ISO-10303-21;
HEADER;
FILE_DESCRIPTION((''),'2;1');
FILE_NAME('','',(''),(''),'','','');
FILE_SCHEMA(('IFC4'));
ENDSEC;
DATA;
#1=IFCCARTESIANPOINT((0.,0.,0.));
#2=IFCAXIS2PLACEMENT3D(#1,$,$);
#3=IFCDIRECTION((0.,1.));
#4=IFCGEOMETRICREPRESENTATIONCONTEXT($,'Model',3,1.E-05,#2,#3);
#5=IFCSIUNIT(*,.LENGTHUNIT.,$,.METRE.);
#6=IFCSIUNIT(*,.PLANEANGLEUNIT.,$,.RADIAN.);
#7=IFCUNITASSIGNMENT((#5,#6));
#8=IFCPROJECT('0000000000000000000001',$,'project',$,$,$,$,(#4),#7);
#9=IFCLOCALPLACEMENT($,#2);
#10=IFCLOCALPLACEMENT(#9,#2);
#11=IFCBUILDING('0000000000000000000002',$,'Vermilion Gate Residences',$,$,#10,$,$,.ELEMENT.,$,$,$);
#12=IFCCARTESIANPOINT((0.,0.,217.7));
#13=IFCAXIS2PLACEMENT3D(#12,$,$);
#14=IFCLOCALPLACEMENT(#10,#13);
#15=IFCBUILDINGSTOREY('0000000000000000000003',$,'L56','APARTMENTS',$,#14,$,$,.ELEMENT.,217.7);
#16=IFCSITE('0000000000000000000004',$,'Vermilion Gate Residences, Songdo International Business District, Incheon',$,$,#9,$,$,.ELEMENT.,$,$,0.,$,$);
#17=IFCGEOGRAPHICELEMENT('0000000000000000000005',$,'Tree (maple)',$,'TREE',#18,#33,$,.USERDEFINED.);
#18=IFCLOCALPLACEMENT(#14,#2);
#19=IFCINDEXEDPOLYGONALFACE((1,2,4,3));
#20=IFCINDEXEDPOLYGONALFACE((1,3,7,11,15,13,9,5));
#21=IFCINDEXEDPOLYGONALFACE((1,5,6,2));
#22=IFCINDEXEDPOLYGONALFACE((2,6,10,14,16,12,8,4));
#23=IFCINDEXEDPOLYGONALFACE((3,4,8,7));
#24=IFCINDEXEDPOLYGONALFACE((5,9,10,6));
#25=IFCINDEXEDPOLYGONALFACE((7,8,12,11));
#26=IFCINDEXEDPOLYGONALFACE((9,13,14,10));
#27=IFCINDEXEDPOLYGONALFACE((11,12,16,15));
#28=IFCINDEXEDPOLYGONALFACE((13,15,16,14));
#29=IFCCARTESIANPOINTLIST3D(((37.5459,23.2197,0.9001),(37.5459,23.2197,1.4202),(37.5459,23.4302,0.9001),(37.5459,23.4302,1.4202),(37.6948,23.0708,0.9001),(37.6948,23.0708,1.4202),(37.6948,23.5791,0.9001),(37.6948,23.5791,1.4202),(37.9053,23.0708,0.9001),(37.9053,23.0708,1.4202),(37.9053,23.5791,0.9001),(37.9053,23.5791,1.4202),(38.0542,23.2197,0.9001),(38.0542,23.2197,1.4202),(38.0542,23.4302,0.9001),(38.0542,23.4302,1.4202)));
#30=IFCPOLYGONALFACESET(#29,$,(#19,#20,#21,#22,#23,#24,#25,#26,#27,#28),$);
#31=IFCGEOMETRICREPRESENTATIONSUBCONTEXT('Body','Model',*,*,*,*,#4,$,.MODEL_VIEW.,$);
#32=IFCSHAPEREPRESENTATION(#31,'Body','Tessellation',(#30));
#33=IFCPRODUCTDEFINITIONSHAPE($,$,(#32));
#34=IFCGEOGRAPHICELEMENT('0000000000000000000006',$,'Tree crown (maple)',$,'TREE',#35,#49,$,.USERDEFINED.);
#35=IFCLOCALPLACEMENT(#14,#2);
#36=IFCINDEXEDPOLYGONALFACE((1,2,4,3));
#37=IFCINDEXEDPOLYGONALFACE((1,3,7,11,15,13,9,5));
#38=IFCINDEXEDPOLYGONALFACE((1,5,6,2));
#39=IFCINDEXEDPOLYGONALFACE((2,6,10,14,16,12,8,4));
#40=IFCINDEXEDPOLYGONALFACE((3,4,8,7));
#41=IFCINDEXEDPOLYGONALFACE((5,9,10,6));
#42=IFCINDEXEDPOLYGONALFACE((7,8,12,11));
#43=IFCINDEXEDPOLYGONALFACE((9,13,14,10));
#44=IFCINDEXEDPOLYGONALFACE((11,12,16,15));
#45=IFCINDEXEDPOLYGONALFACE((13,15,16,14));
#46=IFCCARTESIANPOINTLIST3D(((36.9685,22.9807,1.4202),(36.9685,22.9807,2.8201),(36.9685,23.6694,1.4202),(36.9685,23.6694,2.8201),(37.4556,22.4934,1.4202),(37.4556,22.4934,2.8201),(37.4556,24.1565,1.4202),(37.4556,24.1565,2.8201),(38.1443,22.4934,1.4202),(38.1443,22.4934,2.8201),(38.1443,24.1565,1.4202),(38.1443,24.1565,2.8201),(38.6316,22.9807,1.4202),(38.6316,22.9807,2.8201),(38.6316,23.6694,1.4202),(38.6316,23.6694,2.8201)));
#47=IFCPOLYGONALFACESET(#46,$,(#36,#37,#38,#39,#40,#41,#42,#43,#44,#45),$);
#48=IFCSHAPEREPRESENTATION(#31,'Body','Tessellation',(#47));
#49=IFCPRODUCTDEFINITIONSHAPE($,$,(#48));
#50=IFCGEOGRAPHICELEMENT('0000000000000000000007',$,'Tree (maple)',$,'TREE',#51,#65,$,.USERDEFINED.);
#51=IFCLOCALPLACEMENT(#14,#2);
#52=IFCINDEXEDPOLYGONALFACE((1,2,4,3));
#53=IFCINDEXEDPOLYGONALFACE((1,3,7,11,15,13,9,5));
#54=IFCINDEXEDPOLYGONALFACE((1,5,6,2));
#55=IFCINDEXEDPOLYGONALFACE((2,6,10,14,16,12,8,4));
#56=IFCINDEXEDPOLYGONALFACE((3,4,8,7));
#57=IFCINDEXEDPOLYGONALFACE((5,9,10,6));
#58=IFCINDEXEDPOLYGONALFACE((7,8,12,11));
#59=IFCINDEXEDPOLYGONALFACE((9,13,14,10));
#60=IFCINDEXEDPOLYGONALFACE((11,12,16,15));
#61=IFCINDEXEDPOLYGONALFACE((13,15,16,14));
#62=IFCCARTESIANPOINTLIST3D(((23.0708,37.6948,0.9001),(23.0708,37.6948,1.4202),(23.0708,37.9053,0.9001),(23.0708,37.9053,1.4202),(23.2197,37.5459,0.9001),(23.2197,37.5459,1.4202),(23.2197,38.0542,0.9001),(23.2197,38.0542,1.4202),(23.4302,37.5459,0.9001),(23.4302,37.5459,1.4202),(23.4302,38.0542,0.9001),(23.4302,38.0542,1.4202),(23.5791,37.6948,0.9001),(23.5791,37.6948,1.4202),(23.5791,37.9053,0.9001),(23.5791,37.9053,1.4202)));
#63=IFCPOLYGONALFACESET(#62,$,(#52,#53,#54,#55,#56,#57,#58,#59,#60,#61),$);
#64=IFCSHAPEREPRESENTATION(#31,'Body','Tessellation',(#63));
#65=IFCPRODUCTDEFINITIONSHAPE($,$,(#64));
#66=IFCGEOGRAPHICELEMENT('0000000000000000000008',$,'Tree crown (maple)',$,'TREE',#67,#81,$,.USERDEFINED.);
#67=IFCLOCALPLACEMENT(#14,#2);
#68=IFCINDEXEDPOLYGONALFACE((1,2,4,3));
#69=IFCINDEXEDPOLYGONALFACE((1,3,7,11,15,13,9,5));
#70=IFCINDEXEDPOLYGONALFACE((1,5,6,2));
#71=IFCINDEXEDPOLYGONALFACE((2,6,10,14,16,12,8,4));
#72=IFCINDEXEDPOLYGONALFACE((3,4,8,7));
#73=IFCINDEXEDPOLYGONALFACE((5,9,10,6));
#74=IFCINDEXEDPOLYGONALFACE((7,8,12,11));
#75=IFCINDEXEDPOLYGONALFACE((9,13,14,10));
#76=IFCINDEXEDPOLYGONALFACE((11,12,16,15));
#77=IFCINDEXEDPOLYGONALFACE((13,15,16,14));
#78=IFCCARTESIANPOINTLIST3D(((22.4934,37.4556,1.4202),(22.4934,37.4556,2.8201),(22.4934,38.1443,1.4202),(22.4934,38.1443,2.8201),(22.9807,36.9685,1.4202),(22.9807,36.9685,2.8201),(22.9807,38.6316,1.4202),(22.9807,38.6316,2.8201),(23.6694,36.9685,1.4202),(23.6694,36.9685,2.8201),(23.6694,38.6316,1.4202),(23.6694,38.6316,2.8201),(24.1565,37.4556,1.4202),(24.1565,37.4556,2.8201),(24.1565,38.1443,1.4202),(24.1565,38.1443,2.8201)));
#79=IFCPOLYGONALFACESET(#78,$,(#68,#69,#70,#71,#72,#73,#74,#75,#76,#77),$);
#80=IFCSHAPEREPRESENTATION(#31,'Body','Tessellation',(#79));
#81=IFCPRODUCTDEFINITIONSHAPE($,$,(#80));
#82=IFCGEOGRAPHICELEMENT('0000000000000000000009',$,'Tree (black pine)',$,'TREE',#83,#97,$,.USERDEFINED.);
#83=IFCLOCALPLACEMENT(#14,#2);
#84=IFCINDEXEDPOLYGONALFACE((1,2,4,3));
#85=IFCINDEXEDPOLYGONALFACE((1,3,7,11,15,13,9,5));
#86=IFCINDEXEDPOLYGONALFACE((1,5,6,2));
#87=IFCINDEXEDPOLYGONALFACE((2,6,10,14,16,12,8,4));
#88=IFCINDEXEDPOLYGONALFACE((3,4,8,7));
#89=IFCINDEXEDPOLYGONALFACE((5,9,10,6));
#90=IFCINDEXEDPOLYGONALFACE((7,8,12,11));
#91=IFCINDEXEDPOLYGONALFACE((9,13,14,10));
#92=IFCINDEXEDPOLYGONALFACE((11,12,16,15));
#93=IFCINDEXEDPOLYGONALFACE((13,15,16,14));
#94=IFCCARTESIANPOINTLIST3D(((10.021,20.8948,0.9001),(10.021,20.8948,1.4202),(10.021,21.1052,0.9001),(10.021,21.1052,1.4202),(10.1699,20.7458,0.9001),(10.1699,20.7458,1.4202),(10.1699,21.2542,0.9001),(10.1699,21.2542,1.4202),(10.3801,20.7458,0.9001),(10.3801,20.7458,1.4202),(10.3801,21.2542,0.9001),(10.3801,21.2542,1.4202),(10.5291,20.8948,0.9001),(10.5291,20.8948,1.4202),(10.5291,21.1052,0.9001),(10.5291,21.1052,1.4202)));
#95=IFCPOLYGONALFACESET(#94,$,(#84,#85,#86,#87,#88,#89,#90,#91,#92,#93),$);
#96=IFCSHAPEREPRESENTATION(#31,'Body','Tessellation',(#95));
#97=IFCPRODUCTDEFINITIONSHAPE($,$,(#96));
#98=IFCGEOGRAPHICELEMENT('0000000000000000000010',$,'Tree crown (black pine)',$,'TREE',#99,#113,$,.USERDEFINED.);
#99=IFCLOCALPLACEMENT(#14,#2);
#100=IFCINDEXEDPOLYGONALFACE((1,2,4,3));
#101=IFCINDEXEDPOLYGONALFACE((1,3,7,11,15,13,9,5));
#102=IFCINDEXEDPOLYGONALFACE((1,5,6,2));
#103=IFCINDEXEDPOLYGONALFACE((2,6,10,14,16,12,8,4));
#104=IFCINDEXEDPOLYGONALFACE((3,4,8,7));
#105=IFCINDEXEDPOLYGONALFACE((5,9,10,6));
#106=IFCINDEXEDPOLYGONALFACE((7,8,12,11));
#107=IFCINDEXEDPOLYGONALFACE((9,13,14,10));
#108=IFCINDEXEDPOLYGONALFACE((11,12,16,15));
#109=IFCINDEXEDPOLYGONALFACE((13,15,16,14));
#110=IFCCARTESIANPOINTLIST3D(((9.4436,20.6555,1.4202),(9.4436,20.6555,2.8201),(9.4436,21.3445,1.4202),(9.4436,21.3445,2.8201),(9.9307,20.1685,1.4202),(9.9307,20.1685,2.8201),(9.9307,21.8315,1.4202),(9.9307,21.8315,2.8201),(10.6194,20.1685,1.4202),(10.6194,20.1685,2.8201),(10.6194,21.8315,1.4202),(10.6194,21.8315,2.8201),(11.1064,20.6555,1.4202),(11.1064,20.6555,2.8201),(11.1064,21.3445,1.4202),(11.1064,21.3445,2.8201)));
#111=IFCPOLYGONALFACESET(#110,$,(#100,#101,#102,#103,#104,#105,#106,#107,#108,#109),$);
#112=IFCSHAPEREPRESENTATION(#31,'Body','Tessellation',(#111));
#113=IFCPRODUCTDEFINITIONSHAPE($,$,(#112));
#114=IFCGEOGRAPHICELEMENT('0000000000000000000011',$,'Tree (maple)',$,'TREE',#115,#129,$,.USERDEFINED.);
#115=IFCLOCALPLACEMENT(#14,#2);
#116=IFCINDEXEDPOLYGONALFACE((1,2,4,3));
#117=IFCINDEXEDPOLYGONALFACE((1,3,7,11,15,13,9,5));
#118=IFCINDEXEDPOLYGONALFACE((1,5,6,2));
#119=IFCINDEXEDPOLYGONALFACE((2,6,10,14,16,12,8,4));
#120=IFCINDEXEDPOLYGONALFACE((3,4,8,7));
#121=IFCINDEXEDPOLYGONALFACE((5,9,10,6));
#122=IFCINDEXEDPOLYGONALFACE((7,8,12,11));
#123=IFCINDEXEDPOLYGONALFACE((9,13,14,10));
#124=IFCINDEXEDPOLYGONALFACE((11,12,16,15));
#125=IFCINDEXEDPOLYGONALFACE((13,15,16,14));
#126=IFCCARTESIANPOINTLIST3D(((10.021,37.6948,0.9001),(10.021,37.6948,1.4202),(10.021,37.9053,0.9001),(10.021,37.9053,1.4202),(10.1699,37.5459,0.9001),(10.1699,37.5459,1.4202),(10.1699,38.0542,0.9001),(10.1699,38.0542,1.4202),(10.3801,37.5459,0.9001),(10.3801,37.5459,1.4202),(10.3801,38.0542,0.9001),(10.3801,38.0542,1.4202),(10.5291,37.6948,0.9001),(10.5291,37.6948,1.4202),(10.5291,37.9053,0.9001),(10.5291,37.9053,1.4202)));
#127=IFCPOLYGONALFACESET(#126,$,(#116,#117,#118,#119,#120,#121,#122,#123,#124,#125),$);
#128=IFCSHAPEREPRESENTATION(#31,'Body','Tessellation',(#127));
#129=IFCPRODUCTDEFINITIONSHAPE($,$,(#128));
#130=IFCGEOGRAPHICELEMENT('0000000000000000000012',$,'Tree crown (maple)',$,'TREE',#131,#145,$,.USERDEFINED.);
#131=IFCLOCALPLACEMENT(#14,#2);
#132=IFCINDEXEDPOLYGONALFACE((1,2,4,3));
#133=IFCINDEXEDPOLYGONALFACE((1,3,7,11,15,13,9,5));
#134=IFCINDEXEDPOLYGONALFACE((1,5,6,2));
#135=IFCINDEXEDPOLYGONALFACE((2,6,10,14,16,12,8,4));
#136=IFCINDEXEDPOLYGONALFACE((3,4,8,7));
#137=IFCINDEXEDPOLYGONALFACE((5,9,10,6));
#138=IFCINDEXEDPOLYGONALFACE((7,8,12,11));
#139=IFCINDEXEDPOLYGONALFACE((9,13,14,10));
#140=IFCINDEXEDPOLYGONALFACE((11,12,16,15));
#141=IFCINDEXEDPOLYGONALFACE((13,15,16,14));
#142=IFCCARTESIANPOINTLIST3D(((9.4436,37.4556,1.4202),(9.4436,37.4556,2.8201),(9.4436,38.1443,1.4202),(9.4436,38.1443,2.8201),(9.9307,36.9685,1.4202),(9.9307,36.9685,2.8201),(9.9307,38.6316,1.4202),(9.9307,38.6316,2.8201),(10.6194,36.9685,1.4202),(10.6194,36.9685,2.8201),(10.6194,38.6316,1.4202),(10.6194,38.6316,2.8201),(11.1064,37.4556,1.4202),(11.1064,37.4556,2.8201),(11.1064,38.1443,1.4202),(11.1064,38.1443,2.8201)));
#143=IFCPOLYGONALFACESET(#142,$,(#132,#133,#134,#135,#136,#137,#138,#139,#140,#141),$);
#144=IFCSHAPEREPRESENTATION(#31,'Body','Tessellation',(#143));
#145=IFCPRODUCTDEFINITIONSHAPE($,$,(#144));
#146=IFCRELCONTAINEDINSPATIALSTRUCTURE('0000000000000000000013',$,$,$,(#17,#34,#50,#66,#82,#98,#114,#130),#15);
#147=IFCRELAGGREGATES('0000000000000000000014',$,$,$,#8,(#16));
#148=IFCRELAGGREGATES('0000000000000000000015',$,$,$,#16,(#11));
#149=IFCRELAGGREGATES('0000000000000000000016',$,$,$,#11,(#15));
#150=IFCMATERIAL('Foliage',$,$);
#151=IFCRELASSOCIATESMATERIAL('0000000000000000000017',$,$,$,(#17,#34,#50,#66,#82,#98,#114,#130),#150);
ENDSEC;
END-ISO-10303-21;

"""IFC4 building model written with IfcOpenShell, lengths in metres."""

from ifc_helpers import new_model, si_unit, direction, frame, origin, place, context, subcontext, project, spatial, polyline, outline, extrude, material, element, save


model = new_model("IFC4")

# Units and contexts
model_context = context("Model", 3, precision=1e-05, world=origin(), true_north=direction((0.0, 1.0)))
body_context = subcontext(model_context, "Body", "Model", "MODEL_VIEW")
ifc_project = project(units=[si_unit("LENGTHUNIT", "METRE"), si_unit("PLANEANGLEUNIT", "RADIAN")], contexts=[model_context])

# Site, building, storey
site_placement = place(None, origin())
site = spatial("IfcSite", under=ifc_project, at=site_placement, Name="Vermilion Gate Residences, Songdo International Business District, Incheon", CompositionType="ELEMENT", RefElevation=0.0)
building_placement = place(site_placement, origin())
building = spatial("IfcBuilding", under=site, at=building_placement, Name="Vermilion Gate Residences", CompositionType="ELEMENT")
storey_placement = place(building_placement, frame((0.0, 0.0, 217.7)))
storey = spatial("IfcBuildingStorey", under=building, at=storey_placement, Name="L56", Description="APARTMENTS", CompositionType="ELEMENT", Elevation=217.7)

# Geographic elements
ifc_material_1 = material(Name="Foliage")
geographic_element_1_placement = place(storey_placement, frame((0.0, 0.0, 0.9001)))
element("IfcGeographicElement", 1, at=geographic_element_1_placement, inside=storey, material=ifc_material_1, Name="Tree (maple)", ObjectType="TREE", PredefinedType="USERDEFINED", context=body_context, shape_type="SweptSolid", body=[
    extrude(outline(polyline([(38.0542, 23.4302), (37.9053, 23.5791), (37.6948, 23.5791), (37.5459, 23.4302), (37.5459, 23.2197), (37.6948, 23.0708), (37.9053, 23.0708), (38.0542, 23.2197), (38.0542, 23.4302)])), origin(), (0.0, 0.0, 1.0), 0.52),
])
geographic_element_2_placement = place(storey_placement, frame((0.0, 0.0, 1.4202)))
element("IfcGeographicElement", 2, at=geographic_element_2_placement, inside=storey, material=ifc_material_1, Name="Tree crown (maple)", ObjectType="TREE", PredefinedType="USERDEFINED", context=body_context, shape_type="SweptSolid", body=[
    extrude(outline(polyline([(38.6316, 23.6694), (38.1443, 24.1565), (37.4556, 24.1565), (36.9685, 23.6694), (36.9685, 22.9807), (37.4556, 22.4934), (38.1443, 22.4934), (38.6316, 22.9807), (38.6316, 23.6694)])), origin(), (0.0, 0.0, 1.0), 1.3999),
])
geographic_element_3_placement = place(storey_placement, frame((0.0, 0.0, 0.9001)))
element("IfcGeographicElement", 3, at=geographic_element_3_placement, inside=storey, material=ifc_material_1, Name="Tree (maple)", ObjectType="TREE", PredefinedType="USERDEFINED", context=body_context, shape_type="SweptSolid", body=[
    extrude(outline(polyline([(23.5791, 37.9053), (23.4302, 38.0542), (23.2197, 38.0542), (23.0708, 37.9053), (23.0708, 37.6948), (23.2197, 37.5459), (23.4302, 37.5459), (23.5791, 37.6948), (23.5791, 37.9053)])), origin(), (0.0, 0.0, 1.0), 0.52),
])
geographic_element_4_placement = place(storey_placement, frame((0.0, 0.0, 1.4202)))
element("IfcGeographicElement", 4, at=geographic_element_4_placement, inside=storey, material=ifc_material_1, Name="Tree crown (maple)", ObjectType="TREE", PredefinedType="USERDEFINED", context=body_context, shape_type="SweptSolid", body=[
    extrude(outline(polyline([(24.1565, 38.1443), (23.6694, 38.6316), (22.9807, 38.6316), (22.4934, 38.1443), (22.4934, 37.4556), (22.9807, 36.9685), (23.6694, 36.9685), (24.1565, 37.4556), (24.1565, 38.1443)])), origin(), (0.0, 0.0, 1.0), 1.3999),
])
geographic_element_5_placement = place(storey_placement, frame((0.0, 0.0, 0.9001)))
element("IfcGeographicElement", 5, at=geographic_element_5_placement, inside=storey, material=ifc_material_1, Name="Tree (black pine)", ObjectType="TREE", PredefinedType="USERDEFINED", context=body_context, shape_type="SweptSolid", body=[
    extrude(outline(polyline([(10.5291, 21.1052), (10.3801, 21.2542), (10.1699, 21.2542), (10.021, 21.1052), (10.021, 20.8948), (10.1699, 20.7458), (10.3801, 20.7458), (10.5291, 20.8948), (10.5291, 21.1052)])), origin(), (0.0, 0.0, 1.0), 0.52),
])
geographic_element_6_placement = place(storey_placement, frame((0.0, 0.0, 1.4202)))
element("IfcGeographicElement", 6, at=geographic_element_6_placement, inside=storey, material=ifc_material_1, Name="Tree crown (black pine)", ObjectType="TREE", PredefinedType="USERDEFINED", context=body_context, shape_type="SweptSolid", body=[
    extrude(outline(polyline([(11.1064, 21.3445), (10.6194, 21.8315), (9.9307, 21.8315), (9.4436, 21.3445), (9.4436, 20.6555), (9.9307, 20.1685), (10.6194, 20.1685), (11.1064, 20.6555), (11.1064, 21.3445)])), origin(), (0.0, 0.0, 1.0), 1.3999),
])
geographic_element_7_placement = place(storey_placement, frame((0.0, 0.0, 0.9001)))
element("IfcGeographicElement", 7, at=geographic_element_7_placement, inside=storey, material=ifc_material_1, Name="Tree (maple)", ObjectType="TREE", PredefinedType="USERDEFINED", context=body_context, shape_type="SweptSolid", body=[
    extrude(outline(polyline([(10.5291, 37.9053), (10.3801, 38.0542), (10.1699, 38.0542), (10.021, 37.9053), (10.021, 37.6948), (10.1699, 37.5459), (10.3801, 37.5459), (10.5291, 37.6948), (10.5291, 37.9053)])), origin(), (0.0, 0.0, 1.0), 0.52),
])
geographic_element_8_placement = place(storey_placement, frame((0.0, 0.0, 1.4202)))
element("IfcGeographicElement", 8, at=geographic_element_8_placement, inside=storey, material=ifc_material_1, Name="Tree crown (maple)", ObjectType="TREE", PredefinedType="USERDEFINED", context=body_context, shape_type="SweptSolid", body=[
    extrude(outline(polyline([(11.1064, 38.1443), (10.6194, 38.6316), (9.9307, 38.6316), (9.4436, 38.1443), (9.4436, 37.4556), (9.9307, 36.9685), (10.6194, 36.9685), (11.1064, 37.4556), (11.1064, 38.1443)])), origin(), (0.0, 0.0, 1.0), 1.3999),
])

save(model, "model.ifc")
